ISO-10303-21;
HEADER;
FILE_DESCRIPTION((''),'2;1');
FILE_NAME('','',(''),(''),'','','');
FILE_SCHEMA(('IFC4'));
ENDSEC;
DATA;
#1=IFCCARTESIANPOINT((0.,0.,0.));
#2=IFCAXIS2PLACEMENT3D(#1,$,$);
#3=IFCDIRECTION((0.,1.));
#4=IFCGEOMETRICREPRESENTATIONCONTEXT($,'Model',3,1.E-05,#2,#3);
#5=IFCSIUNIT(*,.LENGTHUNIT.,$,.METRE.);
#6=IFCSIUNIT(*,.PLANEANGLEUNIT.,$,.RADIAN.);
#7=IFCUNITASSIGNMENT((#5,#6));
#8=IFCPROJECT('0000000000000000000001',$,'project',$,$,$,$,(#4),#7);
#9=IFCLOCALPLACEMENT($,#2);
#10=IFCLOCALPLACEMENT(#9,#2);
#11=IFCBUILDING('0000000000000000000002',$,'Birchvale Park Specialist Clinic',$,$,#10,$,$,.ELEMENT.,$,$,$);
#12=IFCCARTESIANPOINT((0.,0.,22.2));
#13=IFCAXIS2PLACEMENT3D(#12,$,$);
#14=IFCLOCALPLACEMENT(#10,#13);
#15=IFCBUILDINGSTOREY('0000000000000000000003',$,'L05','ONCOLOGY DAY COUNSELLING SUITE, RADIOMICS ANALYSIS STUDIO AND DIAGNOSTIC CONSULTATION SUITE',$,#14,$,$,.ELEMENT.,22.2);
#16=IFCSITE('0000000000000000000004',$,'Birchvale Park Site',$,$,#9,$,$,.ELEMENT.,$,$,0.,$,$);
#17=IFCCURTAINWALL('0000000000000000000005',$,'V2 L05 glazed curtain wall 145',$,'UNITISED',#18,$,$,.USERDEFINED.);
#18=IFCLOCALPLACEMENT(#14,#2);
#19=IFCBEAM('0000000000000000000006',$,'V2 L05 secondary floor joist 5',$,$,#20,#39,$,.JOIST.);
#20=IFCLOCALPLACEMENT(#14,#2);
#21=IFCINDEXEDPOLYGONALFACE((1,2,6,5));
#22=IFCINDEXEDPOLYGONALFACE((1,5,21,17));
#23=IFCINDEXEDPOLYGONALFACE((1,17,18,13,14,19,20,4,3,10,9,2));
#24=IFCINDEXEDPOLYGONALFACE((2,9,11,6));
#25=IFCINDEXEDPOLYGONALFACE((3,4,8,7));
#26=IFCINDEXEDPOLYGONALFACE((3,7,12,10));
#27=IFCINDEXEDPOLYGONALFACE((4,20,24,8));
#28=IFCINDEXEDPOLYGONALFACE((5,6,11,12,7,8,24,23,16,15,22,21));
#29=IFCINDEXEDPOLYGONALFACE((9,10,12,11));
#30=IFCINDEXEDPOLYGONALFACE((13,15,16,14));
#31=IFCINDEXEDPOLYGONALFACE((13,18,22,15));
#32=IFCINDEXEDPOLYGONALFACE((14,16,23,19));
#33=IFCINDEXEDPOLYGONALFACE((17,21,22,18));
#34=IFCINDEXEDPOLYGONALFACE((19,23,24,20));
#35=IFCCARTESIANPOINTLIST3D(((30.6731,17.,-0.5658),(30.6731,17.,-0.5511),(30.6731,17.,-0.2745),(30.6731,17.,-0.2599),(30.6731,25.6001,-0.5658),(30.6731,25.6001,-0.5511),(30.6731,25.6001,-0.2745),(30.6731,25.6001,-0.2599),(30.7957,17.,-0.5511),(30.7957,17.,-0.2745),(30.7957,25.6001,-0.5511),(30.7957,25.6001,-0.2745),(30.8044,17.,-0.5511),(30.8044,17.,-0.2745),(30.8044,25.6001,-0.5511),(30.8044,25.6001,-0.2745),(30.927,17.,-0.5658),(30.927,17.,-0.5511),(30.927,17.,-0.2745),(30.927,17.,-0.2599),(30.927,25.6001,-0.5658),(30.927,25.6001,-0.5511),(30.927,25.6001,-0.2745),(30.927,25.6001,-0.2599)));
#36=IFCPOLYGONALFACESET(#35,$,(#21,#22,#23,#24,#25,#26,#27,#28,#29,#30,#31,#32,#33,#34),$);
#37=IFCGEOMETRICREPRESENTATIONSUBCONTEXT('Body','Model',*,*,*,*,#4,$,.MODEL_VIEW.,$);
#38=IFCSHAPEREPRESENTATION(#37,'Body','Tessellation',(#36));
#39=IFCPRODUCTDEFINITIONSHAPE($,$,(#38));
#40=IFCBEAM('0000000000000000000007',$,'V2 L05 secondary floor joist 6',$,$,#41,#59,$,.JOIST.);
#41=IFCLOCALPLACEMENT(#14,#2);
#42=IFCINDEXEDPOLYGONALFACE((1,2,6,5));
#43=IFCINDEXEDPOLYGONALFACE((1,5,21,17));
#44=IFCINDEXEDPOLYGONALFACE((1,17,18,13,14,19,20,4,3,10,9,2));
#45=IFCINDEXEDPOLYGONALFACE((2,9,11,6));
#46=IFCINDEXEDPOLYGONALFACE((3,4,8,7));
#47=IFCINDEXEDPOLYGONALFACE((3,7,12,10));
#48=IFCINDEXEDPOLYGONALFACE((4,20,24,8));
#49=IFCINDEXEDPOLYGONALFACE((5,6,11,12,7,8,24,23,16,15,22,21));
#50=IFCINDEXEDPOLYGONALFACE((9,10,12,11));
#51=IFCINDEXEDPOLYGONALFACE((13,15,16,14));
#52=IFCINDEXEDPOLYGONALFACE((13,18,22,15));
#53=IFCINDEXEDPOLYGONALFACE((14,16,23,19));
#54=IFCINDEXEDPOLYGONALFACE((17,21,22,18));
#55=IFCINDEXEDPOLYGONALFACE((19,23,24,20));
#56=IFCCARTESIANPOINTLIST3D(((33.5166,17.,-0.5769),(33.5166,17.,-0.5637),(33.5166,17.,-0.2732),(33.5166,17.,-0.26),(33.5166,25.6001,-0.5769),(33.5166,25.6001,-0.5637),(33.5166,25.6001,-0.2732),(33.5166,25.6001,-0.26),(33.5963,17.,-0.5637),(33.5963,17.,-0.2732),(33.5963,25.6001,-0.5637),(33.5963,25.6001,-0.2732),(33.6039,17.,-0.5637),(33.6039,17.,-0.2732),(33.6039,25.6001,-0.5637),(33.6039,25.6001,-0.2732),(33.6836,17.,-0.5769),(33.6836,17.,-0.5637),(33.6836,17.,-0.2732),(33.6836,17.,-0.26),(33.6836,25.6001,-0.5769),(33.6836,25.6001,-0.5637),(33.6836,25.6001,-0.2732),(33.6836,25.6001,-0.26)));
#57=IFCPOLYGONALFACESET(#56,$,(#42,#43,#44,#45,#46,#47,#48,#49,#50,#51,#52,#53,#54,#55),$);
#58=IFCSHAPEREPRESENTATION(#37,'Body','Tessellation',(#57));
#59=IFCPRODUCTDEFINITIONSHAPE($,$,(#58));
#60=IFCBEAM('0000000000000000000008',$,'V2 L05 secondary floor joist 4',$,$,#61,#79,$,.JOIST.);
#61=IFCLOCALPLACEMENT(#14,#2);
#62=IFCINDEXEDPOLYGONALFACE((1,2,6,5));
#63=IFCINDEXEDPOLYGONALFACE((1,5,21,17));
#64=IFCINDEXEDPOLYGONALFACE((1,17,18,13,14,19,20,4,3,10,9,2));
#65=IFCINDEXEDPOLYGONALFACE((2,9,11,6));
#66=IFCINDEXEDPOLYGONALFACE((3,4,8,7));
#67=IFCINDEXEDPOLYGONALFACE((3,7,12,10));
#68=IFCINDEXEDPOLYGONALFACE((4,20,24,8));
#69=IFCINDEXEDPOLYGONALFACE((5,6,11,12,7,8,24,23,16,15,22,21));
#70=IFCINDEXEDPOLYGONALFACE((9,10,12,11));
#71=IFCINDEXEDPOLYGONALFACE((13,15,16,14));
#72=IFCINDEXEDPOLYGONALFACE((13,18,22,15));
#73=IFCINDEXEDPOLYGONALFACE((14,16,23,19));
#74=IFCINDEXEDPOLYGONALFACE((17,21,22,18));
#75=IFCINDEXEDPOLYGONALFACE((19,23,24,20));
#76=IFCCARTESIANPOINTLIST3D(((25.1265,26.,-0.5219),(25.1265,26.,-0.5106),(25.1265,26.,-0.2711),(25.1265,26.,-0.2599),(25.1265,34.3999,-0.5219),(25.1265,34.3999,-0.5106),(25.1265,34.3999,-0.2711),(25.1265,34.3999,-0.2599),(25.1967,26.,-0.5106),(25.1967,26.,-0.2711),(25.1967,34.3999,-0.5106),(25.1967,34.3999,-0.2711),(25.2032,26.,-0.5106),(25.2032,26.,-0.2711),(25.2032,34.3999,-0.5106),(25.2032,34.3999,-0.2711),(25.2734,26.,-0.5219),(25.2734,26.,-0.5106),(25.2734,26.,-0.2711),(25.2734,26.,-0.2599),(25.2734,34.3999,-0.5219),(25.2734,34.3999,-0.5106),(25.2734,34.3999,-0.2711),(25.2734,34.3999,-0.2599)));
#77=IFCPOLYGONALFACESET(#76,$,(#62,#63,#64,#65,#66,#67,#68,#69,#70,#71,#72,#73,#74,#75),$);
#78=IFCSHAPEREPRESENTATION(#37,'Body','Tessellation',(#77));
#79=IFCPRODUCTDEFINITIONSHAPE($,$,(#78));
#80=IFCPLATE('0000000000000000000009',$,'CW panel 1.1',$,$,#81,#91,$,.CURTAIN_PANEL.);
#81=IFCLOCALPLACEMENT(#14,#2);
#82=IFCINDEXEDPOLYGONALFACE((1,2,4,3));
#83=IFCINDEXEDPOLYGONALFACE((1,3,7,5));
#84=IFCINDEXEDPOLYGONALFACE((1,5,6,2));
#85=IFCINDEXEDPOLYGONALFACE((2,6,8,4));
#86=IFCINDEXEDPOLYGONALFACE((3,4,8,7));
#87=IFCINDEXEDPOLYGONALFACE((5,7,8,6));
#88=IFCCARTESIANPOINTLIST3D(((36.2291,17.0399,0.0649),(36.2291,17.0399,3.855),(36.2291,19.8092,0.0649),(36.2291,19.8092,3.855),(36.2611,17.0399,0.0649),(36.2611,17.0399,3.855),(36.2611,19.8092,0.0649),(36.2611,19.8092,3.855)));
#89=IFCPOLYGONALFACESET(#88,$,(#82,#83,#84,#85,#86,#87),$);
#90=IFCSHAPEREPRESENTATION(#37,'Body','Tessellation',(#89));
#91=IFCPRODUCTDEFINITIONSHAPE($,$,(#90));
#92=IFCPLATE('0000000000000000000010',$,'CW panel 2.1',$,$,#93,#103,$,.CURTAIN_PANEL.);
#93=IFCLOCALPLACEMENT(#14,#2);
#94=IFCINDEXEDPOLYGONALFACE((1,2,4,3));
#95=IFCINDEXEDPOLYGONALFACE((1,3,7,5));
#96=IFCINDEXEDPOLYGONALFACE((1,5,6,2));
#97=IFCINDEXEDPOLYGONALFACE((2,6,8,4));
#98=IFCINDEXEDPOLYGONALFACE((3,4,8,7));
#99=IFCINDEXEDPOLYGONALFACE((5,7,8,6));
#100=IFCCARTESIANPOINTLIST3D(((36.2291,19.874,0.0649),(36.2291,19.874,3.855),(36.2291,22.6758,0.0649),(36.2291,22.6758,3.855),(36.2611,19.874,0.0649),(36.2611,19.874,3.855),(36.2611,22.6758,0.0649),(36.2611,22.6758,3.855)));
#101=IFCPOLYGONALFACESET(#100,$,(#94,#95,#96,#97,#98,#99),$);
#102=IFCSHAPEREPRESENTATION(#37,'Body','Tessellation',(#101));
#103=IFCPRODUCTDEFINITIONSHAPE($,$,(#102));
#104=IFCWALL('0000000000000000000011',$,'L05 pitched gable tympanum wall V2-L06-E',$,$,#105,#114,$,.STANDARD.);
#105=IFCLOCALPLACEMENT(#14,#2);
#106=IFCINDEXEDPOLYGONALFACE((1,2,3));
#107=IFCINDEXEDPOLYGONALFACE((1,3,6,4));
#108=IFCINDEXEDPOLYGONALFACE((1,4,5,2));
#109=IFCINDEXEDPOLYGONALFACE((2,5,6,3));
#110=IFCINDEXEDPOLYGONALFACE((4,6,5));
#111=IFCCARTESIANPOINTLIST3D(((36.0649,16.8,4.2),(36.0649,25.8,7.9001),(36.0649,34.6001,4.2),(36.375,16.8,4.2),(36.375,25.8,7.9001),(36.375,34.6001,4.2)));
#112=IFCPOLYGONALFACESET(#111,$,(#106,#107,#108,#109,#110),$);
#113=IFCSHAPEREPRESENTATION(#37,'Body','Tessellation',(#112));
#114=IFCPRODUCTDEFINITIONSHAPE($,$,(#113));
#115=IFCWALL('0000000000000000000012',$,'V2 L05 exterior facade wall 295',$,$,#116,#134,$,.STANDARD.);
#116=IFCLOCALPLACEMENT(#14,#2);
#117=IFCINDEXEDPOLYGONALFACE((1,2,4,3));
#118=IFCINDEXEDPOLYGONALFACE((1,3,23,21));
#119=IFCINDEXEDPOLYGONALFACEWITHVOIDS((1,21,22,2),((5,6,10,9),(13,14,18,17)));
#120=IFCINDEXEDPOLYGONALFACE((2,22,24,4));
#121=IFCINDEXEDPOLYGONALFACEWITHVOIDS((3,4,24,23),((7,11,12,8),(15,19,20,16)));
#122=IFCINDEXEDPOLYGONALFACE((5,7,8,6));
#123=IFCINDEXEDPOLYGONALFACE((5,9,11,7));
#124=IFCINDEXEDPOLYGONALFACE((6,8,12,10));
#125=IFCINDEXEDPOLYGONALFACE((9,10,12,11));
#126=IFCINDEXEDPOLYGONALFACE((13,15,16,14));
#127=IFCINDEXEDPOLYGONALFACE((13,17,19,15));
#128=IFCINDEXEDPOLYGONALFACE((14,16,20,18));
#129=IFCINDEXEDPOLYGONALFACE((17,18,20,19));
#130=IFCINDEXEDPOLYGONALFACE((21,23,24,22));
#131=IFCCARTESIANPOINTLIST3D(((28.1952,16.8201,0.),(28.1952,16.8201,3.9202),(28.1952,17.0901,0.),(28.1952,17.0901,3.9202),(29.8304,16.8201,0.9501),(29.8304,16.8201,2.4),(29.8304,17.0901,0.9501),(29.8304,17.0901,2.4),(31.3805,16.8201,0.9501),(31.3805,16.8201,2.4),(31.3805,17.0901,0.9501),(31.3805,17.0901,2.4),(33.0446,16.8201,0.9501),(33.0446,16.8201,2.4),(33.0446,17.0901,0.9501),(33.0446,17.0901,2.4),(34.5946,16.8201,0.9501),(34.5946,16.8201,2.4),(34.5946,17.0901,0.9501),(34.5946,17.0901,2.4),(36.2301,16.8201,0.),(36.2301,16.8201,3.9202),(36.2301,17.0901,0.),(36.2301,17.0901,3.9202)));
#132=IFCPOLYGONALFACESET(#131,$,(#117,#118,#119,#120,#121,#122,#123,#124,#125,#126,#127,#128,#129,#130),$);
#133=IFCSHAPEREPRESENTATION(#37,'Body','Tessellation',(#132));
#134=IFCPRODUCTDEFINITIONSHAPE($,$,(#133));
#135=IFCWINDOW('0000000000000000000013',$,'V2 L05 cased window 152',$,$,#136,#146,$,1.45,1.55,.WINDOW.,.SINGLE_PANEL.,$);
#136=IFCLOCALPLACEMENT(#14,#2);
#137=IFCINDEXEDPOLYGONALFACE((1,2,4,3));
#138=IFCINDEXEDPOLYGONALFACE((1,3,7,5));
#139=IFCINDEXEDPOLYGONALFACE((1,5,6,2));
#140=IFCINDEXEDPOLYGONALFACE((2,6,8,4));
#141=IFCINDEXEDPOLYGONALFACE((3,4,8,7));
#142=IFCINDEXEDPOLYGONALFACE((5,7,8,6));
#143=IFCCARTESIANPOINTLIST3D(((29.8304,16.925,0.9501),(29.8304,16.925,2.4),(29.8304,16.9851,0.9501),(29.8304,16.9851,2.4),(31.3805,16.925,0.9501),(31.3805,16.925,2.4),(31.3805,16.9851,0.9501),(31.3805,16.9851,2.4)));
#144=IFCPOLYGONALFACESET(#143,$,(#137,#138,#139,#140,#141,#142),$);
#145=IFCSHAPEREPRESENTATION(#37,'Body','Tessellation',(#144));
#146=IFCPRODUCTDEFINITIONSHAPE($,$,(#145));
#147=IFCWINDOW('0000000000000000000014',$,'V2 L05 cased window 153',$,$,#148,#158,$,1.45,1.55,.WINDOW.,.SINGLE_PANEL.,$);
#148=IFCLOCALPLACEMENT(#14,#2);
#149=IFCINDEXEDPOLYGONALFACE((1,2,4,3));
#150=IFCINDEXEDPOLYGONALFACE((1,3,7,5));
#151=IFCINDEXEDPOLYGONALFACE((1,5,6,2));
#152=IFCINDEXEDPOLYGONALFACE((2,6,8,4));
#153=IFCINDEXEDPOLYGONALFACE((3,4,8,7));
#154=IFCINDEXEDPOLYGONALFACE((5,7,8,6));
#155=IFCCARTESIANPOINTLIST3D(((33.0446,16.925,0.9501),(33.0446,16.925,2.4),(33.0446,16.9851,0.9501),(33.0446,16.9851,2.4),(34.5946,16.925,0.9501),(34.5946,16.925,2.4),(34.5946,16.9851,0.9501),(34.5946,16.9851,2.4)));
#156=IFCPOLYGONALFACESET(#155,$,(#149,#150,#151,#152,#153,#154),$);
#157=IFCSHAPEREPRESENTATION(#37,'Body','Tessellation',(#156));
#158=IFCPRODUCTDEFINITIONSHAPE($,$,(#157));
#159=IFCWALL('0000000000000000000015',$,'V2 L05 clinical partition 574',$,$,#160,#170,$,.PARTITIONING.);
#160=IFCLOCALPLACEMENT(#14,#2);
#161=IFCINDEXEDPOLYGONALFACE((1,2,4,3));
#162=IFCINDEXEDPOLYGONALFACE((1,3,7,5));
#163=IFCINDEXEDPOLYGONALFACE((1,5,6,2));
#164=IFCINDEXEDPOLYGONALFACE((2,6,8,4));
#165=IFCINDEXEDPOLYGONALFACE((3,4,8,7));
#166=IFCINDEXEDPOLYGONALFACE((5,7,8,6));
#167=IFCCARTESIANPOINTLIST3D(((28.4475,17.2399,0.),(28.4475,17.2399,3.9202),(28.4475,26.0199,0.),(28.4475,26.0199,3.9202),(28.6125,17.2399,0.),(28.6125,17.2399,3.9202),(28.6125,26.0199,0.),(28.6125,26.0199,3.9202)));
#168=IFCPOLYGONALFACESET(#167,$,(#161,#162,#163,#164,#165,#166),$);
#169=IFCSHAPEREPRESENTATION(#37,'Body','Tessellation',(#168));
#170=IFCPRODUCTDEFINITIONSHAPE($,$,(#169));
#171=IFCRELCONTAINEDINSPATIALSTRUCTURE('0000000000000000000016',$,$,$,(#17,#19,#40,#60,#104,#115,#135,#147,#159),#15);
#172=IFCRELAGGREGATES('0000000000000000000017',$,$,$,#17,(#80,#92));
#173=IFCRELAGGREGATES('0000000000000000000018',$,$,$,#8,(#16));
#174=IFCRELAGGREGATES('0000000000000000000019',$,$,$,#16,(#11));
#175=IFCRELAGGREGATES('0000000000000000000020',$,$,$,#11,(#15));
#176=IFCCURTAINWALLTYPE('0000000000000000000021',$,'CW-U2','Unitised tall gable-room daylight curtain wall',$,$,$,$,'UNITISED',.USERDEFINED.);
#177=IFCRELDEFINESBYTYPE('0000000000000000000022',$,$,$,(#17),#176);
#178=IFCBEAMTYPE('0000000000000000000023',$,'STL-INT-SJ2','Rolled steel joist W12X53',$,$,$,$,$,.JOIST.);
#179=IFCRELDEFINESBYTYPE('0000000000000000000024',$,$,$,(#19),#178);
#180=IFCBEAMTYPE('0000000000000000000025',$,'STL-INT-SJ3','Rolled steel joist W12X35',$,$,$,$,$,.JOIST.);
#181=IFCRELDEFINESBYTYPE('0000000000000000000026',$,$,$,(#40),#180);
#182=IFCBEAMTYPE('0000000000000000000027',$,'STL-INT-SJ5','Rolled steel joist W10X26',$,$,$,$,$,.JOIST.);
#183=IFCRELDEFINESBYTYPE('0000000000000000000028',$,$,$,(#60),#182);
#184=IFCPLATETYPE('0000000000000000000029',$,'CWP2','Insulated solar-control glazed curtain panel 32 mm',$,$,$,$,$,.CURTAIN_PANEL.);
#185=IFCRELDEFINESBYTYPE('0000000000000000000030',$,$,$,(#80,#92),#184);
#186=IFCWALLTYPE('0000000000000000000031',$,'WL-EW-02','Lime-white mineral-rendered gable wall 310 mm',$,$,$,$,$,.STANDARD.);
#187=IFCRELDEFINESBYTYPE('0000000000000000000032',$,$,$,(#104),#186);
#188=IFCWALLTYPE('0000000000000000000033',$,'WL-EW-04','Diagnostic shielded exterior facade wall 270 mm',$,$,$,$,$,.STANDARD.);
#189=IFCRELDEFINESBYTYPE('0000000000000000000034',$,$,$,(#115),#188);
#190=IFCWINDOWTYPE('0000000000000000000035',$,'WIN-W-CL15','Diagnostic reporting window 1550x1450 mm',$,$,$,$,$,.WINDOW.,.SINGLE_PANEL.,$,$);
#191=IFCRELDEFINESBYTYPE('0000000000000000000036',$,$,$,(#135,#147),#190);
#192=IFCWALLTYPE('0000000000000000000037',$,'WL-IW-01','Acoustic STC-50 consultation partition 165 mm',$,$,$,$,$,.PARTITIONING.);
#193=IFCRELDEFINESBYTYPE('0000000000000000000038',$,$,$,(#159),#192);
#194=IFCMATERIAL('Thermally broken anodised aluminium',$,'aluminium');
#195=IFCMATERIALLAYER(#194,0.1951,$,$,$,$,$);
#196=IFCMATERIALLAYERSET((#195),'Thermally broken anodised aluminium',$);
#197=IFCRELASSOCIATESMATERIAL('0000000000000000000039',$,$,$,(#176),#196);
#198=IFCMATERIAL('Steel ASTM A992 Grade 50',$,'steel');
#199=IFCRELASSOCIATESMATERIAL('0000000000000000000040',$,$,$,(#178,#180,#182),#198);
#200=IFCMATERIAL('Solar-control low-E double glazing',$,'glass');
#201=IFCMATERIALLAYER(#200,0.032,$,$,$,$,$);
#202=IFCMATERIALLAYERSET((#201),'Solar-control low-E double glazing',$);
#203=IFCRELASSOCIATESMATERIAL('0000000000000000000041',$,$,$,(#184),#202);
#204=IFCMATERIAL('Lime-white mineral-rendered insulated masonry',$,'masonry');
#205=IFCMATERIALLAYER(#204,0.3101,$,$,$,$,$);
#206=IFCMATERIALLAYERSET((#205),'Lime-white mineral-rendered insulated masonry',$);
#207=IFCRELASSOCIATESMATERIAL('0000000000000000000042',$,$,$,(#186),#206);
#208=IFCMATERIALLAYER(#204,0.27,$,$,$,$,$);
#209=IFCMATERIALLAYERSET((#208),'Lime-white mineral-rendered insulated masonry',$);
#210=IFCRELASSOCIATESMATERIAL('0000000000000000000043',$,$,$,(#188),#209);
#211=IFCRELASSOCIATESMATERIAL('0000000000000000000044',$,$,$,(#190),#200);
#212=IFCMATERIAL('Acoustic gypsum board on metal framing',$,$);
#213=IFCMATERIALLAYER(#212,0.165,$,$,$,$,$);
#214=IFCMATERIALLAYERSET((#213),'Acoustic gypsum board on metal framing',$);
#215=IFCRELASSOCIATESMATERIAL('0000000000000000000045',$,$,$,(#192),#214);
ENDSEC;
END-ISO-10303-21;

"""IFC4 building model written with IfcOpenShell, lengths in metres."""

from ifc_helpers import new_model, si_unit, direction, frame, frame_2d, origin, origin_2d, place, context, subcontext, project, spatial, polyline, rectangle, i_section, outline, extrude, material, layer, layer_set, material_profile, profile_set, type_object, element, fill, aggregate, save


model = new_model("IFC4")

# Units and contexts
model_context = context("Model", 3, precision=1e-05, world=origin(), true_north=direction((0.0, 1.0)))
body_context = subcontext(model_context, "Body", "Model", "MODEL_VIEW")
ifc_project = project(units=[si_unit("LENGTHUNIT", "METRE"), si_unit("PLANEANGLEUNIT", "RADIAN")], contexts=[model_context])

# Site, building, storey
site_placement = place(None, origin())
site = spatial("IfcSite", under=ifc_project, at=site_placement, Name="Birchvale Park Site", CompositionType="ELEMENT", RefElevation=0.0)
building_placement = place(site_placement, origin())
building = spatial("IfcBuilding", under=site, at=building_placement, Name="Birchvale Park Specialist Clinic", CompositionType="ELEMENT")
storey_placement = place(building_placement, frame((0.0, 0.0, 22.2)))
storey = spatial("IfcBuildingStorey", under=building, at=storey_placement, Name="L05", Description="ONCOLOGY DAY COUNSELLING SUITE, RADIOMICS ANALYSIS STUDIO AND DIAGNOSTIC CONSULTATION SUITE", CompositionType="ELEMENT", Elevation=22.2)

# Curtain wall
ifc_material_1 = material(Name="Thermally broken anodised aluminium", Category="aluminium")
ifc_layer_1 = layer(ifc_material_1, 0.1951)
ifc_layer_set_1 = layer_set([ifc_layer_1], Name="Thermally broken anodised aluminium")
curtain_wall_type = type_object("IfcCurtainWallType", Name="CW-U2", Description="Unitised tall gable-room daylight curtain wall", ElementType="UNITISED", PredefinedType="USERDEFINED", material=ifc_layer_set_1)
curtain_wall_placement = place(storey_placement, origin())
curtain_wall = element("IfcCurtainWall", 1, at=curtain_wall_placement, inside=storey, type_object=curtain_wall_type, Name="V2 L05 glazed curtain wall 145", ObjectType="UNITISED", PredefinedType="USERDEFINED")

# Beams
ifc_material_2 = material(Name="Steel ASTM A992 Grade 50", Category="steel")
ifc_material_profile_1 = material_profile(ifc_material_2, i_section(OverallWidth=0.2539, OverallDepth=0.3059, WebThickness=0.0088, FlangeThickness=0.0146, at=origin_2d()), Name="W12X53")
ifc_profile_set_1 = profile_set([ifc_material_profile_1], Name="Steel ASTM A992 Grade 50")
beam_type_1 = type_object("IfcBeamType", Name="STL-INT-SJ2", Description="Rolled steel joist W12X53", PredefinedType="JOIST", material=ifc_profile_set_1)
beam_1_placement = place(storey_placement, frame((30.8, 17.0, -0.4128), z_axis=(0.0, 1.0, 0.0), x_axis=(-1.0, 0.0, 0.0)))
element("IfcBeam", 2, at=beam_1_placement, inside=storey, type_object=beam_type_1, Name="V2 L05 secondary floor joist 5", PredefinedType="JOIST", context=body_context, shape_type="SweptSolid", body=[
    extrude(i_section(OverallWidth=0.2539, OverallDepth=0.3059, WebThickness=0.0088, FlangeThickness=0.0146, at=origin_2d()), origin(), (0.0, 0.0, 1.0), 8.6001),
])
ifc_material_profile_2 = material_profile(ifc_material_2, i_section(OverallWidth=0.167, OverallDepth=0.3169, WebThickness=0.0076, FlangeThickness=0.0132, at=origin_2d()), Name="W12X35")
ifc_profile_set_2 = profile_set([ifc_material_profile_2], Name="Steel ASTM A992 Grade 50")
beam_type_2 = type_object("IfcBeamType", Name="STL-INT-SJ3", Description="Rolled steel joist W12X35", PredefinedType="JOIST", material=ifc_profile_set_2)
beam_2_placement = place(storey_placement, frame((33.6001, 17.0, -0.4185), z_axis=(0.0, 1.0, 0.0), x_axis=(-1.0, 0.0, 0.0)))
element("IfcBeam", 3, at=beam_2_placement, inside=storey, type_object=beam_type_2, Name="V2 L05 secondary floor joist 6", PredefinedType="JOIST", context=body_context, shape_type="SweptSolid", body=[
    extrude(i_section(OverallWidth=0.167, OverallDepth=0.3169, WebThickness=0.0076, FlangeThickness=0.0132, at=origin_2d()), origin(), (0.0, 0.0, 1.0), 8.6001),
])
ifc_material_profile_3 = material_profile(ifc_material_2, i_section(OverallWidth=0.147, OverallDepth=0.262, WebThickness=0.0066, FlangeThickness=0.0112, at=origin_2d()), Name="W10X26")
ifc_profile_set_3 = profile_set([ifc_material_profile_3], Name="Steel ASTM A992 Grade 50")
beam_type_3 = type_object("IfcBeamType", Name="STL-INT-SJ5", Description="Rolled steel joist W10X26", PredefinedType="JOIST", material=ifc_profile_set_3)
beam_3_placement = place(storey_placement, frame((25.2, 26.0, -0.3909), z_axis=(0.0, 1.0, 0.0), x_axis=(-1.0, 0.0, 0.0)))
element("IfcBeam", 4, at=beam_3_placement, inside=storey, type_object=beam_type_3, Name="V2 L05 secondary floor joist 4", PredefinedType="JOIST", context=body_context, shape_type="SweptSolid", body=[
    extrude(i_section(OverallWidth=0.147, OverallDepth=0.262, WebThickness=0.0066, FlangeThickness=0.0112, at=origin_2d()), origin(), (0.0, 0.0, 1.0), 8.3999),
])

# Plates
ifc_material_3 = material(Name="Solar-control low-E double glazing", Category="glass")
ifc_layer_2 = layer(ifc_material_3, 0.032)
ifc_layer_set_2 = layer_set([ifc_layer_2], Name="Solar-control low-E double glazing")
plate_type = type_object("IfcPlateType", Name="CWP2", Description="Insulated solar-control glazed curtain panel 32 mm", PredefinedType="CURTAIN_PANEL", material=ifc_layer_set_2)
plate_1_placement = place(storey_placement, frame((36.2451, 18.4246, 0.0649), z_axis=(0.0, 0.0, 1.0), x_axis=(0.0, 1.0, 0.0)))
plate_1 = element("IfcPlate", 5, at=plate_1_placement, type_object=plate_type, Name="CW panel 1.1", PredefinedType="CURTAIN_PANEL", context=body_context, shape_type="SweptSolid", body=[
    extrude(rectangle(XDim=2.7693, YDim=0.032, at=origin_2d()), origin(), (0.0, 0.0, 1.0), 3.79),
])
plate_2_placement = place(storey_placement, frame((36.2451, 21.2749, 0.0649), z_axis=(0.0, 0.0, 1.0), x_axis=(0.0, 1.0, 0.0)))
plate_2 = element("IfcPlate", 6, at=plate_2_placement, type_object=plate_type, Name="CW panel 2.1", PredefinedType="CURTAIN_PANEL", context=body_context, shape_type="SweptSolid", body=[
    extrude(rectangle(XDim=2.8018, YDim=0.032, at=origin_2d()), origin(), (0.0, 0.0, 1.0), 3.79),
])
aggregate(curtain_wall, [plate_1, plate_2])

# Wall
ifc_material_4 = material(Name="Lime-white mineral-rendered insulated masonry", Category="masonry")
ifc_layer_3 = layer(ifc_material_4, 0.3101)
ifc_layer_set_3 = layer_set([ifc_layer_3], Name="Lime-white mineral-rendered insulated masonry")
wall_type_1 = type_object("IfcWallType", Name="WL-EW-02", Description="Lime-white mineral-rendered gable wall 310 mm", PredefinedType="STANDARD", material=ifc_layer_set_3)
wall_1_placement = place(storey_placement, frame((36.22, 16.8, 4.2), z_axis=(0.0, 0.0, 1.0), x_axis=(0.0, 1.0, 0.0)))
element("IfcWall", 7, at=wall_1_placement, inside=storey, type_object=wall_type_1, Name="L05 pitched gable tympanum wall V2-L06-E", PredefinedType="STANDARD", context=body_context, shape_type="SweptSolid", body=[
    extrude(outline(polyline([(0.0, 0.0), (17.8, 0.0), (17.8, 0.0), (9.0, 3.7002), (0.0, 0.0), (0.0, 0.0)])), frame((0.0, 0.155, 0.0), z_axis=(0.0, -1.0, 0.0), x_axis=(1.0, 0.0, 0.0)), (0.0, 0.0, 1.0), 0.3101),
])

# Wall, openings, windows
ifc_layer_4 = layer(ifc_material_4, 0.27)
ifc_layer_set_4 = layer_set([ifc_layer_4], Name="Lime-white mineral-rendered insulated masonry")
wall_type_2 = type_object("IfcWallType", Name="WL-EW-04", Description="Diagnostic shielded exterior facade wall 270 mm", PredefinedType="STANDARD", material=ifc_layer_set_4)
wall_2_placement = place(storey_placement, frame((28.1951, 16.9551, 0.0), z_axis=(0.0, 0.0, 1.0), x_axis=(1.0, 0.0, 0.0)))
wall_2 = element("IfcWall", 8, at=wall_2_placement, inside=storey, type_object=wall_type_2, Name="V2 L05 exterior facade wall 295", PredefinedType="STANDARD", context=body_context, shape_type="SweptSolid", body=[
    extrude(rectangle(XDim=8.0349, YDim=0.27, at=frame_2d((4.0176, 0.0))), origin(), (0.0, 0.0, 1.0), 3.9202),
])
opening_1_placement = place(wall_2_placement, frame((1.6355, 0.0, 0.95)))
opening_1 = element("IfcOpeningElement", 9, at=opening_1_placement, cuts=wall_2, PredefinedType="OPENING", context=body_context, shape_type="SweptSolid", body=[
    extrude(rectangle(XDim=1.55, YDim=1.45, at=frame_2d((0.7749, 0.7251))), frame((0.0, 0.145, 0.0), z_axis=(0.0, -1.0, 0.0), x_axis=(1.0, 0.0, 0.0)), (0.0, 0.0, 1.0), 0.29),
])
opening_2_placement = place(wall_2_placement, frame((4.8496, 0.0, 0.95)))
opening_2 = element("IfcOpeningElement", 10, at=opening_2_placement, cuts=wall_2, PredefinedType="OPENING", context=body_context, shape_type="SweptSolid", body=[
    extrude(rectangle(XDim=1.55, YDim=1.45, at=frame_2d((0.7749, 0.7251))), frame((0.0, 0.145, 0.0), z_axis=(0.0, -1.0, 0.0), x_axis=(1.0, 0.0, 0.0)), (0.0, 0.0, 1.0), 0.29),
])
window_type = type_object("IfcWindowType", Name="WIN-W-CL15", Description="Diagnostic reporting window 1550x1450 mm", PartitioningType="SINGLE_PANEL", PredefinedType="WINDOW", material=ifc_material_3)
window_1_placement = place(opening_1_placement, origin())
window_1 = element("IfcWindow", 11, at=window_1_placement, inside=storey, type_object=window_type, Name="V2 L05 cased window 152", OverallHeight=1.45, OverallWidth=1.55, PartitioningType="SINGLE_PANEL", PredefinedType="WINDOW", context=body_context, shape_type="SweptSolid", body=[
    extrude(rectangle(XDim=1.55, YDim=1.45, at=frame_2d((0.7749, 0.7251))), frame((0.0, 0.03, 0.0), z_axis=(0.0, -1.0, 0.0), x_axis=(1.0, 0.0, 0.0)), (0.0, 0.0, 1.0), 0.0601),
])
fill(opening_1, window_1)
window_2_placement = place(opening_2_placement, origin())
window_2 = element("IfcWindow", 12, at=window_2_placement, inside=storey, type_object=window_type, Name="V2 L05 cased window 153", OverallHeight=1.45, OverallWidth=1.55, PartitioningType="SINGLE_PANEL", PredefinedType="WINDOW", context=body_context, shape_type="SweptSolid", body=[
    extrude(rectangle(XDim=1.55, YDim=1.45, at=frame_2d((0.7749, 0.7251))), frame((0.0, 0.03, 0.0), z_axis=(0.0, -1.0, 0.0), x_axis=(1.0, 0.0, 0.0)), (0.0, 0.0, 1.0), 0.0601),
])
fill(opening_2, window_2)

# Wall
ifc_material_5 = material(Name="Acoustic gypsum board on metal framing")
ifc_layer_5 = layer(ifc_material_5, 0.165)
ifc_layer_set_5 = layer_set([ifc_layer_5], Name="Acoustic gypsum board on metal framing")
wall_type_3 = type_object("IfcWallType", Name="WL-IW-01", Description="Acoustic STC-50 consultation partition 165 mm", PredefinedType="PARTITIONING", material=ifc_layer_set_5)
wall_3_placement = place(storey_placement, frame((28.53, 26.02, 0.0), z_axis=(0.0, 0.0, 1.0), x_axis=(0.0, -1.0, 0.0)))
element("IfcWall", 13, at=wall_3_placement, inside=storey, type_object=wall_type_3, Name="V2 L05 clinical partition 574", PredefinedType="PARTITIONING", context=body_context, shape_type="SweptSolid", body=[
    extrude(rectangle(XDim=8.78, YDim=0.165, at=frame_2d((4.3901, 0.0))), origin(), (0.0, 0.0, 1.0), 3.9202),
])

save(model, "model.ifc")
